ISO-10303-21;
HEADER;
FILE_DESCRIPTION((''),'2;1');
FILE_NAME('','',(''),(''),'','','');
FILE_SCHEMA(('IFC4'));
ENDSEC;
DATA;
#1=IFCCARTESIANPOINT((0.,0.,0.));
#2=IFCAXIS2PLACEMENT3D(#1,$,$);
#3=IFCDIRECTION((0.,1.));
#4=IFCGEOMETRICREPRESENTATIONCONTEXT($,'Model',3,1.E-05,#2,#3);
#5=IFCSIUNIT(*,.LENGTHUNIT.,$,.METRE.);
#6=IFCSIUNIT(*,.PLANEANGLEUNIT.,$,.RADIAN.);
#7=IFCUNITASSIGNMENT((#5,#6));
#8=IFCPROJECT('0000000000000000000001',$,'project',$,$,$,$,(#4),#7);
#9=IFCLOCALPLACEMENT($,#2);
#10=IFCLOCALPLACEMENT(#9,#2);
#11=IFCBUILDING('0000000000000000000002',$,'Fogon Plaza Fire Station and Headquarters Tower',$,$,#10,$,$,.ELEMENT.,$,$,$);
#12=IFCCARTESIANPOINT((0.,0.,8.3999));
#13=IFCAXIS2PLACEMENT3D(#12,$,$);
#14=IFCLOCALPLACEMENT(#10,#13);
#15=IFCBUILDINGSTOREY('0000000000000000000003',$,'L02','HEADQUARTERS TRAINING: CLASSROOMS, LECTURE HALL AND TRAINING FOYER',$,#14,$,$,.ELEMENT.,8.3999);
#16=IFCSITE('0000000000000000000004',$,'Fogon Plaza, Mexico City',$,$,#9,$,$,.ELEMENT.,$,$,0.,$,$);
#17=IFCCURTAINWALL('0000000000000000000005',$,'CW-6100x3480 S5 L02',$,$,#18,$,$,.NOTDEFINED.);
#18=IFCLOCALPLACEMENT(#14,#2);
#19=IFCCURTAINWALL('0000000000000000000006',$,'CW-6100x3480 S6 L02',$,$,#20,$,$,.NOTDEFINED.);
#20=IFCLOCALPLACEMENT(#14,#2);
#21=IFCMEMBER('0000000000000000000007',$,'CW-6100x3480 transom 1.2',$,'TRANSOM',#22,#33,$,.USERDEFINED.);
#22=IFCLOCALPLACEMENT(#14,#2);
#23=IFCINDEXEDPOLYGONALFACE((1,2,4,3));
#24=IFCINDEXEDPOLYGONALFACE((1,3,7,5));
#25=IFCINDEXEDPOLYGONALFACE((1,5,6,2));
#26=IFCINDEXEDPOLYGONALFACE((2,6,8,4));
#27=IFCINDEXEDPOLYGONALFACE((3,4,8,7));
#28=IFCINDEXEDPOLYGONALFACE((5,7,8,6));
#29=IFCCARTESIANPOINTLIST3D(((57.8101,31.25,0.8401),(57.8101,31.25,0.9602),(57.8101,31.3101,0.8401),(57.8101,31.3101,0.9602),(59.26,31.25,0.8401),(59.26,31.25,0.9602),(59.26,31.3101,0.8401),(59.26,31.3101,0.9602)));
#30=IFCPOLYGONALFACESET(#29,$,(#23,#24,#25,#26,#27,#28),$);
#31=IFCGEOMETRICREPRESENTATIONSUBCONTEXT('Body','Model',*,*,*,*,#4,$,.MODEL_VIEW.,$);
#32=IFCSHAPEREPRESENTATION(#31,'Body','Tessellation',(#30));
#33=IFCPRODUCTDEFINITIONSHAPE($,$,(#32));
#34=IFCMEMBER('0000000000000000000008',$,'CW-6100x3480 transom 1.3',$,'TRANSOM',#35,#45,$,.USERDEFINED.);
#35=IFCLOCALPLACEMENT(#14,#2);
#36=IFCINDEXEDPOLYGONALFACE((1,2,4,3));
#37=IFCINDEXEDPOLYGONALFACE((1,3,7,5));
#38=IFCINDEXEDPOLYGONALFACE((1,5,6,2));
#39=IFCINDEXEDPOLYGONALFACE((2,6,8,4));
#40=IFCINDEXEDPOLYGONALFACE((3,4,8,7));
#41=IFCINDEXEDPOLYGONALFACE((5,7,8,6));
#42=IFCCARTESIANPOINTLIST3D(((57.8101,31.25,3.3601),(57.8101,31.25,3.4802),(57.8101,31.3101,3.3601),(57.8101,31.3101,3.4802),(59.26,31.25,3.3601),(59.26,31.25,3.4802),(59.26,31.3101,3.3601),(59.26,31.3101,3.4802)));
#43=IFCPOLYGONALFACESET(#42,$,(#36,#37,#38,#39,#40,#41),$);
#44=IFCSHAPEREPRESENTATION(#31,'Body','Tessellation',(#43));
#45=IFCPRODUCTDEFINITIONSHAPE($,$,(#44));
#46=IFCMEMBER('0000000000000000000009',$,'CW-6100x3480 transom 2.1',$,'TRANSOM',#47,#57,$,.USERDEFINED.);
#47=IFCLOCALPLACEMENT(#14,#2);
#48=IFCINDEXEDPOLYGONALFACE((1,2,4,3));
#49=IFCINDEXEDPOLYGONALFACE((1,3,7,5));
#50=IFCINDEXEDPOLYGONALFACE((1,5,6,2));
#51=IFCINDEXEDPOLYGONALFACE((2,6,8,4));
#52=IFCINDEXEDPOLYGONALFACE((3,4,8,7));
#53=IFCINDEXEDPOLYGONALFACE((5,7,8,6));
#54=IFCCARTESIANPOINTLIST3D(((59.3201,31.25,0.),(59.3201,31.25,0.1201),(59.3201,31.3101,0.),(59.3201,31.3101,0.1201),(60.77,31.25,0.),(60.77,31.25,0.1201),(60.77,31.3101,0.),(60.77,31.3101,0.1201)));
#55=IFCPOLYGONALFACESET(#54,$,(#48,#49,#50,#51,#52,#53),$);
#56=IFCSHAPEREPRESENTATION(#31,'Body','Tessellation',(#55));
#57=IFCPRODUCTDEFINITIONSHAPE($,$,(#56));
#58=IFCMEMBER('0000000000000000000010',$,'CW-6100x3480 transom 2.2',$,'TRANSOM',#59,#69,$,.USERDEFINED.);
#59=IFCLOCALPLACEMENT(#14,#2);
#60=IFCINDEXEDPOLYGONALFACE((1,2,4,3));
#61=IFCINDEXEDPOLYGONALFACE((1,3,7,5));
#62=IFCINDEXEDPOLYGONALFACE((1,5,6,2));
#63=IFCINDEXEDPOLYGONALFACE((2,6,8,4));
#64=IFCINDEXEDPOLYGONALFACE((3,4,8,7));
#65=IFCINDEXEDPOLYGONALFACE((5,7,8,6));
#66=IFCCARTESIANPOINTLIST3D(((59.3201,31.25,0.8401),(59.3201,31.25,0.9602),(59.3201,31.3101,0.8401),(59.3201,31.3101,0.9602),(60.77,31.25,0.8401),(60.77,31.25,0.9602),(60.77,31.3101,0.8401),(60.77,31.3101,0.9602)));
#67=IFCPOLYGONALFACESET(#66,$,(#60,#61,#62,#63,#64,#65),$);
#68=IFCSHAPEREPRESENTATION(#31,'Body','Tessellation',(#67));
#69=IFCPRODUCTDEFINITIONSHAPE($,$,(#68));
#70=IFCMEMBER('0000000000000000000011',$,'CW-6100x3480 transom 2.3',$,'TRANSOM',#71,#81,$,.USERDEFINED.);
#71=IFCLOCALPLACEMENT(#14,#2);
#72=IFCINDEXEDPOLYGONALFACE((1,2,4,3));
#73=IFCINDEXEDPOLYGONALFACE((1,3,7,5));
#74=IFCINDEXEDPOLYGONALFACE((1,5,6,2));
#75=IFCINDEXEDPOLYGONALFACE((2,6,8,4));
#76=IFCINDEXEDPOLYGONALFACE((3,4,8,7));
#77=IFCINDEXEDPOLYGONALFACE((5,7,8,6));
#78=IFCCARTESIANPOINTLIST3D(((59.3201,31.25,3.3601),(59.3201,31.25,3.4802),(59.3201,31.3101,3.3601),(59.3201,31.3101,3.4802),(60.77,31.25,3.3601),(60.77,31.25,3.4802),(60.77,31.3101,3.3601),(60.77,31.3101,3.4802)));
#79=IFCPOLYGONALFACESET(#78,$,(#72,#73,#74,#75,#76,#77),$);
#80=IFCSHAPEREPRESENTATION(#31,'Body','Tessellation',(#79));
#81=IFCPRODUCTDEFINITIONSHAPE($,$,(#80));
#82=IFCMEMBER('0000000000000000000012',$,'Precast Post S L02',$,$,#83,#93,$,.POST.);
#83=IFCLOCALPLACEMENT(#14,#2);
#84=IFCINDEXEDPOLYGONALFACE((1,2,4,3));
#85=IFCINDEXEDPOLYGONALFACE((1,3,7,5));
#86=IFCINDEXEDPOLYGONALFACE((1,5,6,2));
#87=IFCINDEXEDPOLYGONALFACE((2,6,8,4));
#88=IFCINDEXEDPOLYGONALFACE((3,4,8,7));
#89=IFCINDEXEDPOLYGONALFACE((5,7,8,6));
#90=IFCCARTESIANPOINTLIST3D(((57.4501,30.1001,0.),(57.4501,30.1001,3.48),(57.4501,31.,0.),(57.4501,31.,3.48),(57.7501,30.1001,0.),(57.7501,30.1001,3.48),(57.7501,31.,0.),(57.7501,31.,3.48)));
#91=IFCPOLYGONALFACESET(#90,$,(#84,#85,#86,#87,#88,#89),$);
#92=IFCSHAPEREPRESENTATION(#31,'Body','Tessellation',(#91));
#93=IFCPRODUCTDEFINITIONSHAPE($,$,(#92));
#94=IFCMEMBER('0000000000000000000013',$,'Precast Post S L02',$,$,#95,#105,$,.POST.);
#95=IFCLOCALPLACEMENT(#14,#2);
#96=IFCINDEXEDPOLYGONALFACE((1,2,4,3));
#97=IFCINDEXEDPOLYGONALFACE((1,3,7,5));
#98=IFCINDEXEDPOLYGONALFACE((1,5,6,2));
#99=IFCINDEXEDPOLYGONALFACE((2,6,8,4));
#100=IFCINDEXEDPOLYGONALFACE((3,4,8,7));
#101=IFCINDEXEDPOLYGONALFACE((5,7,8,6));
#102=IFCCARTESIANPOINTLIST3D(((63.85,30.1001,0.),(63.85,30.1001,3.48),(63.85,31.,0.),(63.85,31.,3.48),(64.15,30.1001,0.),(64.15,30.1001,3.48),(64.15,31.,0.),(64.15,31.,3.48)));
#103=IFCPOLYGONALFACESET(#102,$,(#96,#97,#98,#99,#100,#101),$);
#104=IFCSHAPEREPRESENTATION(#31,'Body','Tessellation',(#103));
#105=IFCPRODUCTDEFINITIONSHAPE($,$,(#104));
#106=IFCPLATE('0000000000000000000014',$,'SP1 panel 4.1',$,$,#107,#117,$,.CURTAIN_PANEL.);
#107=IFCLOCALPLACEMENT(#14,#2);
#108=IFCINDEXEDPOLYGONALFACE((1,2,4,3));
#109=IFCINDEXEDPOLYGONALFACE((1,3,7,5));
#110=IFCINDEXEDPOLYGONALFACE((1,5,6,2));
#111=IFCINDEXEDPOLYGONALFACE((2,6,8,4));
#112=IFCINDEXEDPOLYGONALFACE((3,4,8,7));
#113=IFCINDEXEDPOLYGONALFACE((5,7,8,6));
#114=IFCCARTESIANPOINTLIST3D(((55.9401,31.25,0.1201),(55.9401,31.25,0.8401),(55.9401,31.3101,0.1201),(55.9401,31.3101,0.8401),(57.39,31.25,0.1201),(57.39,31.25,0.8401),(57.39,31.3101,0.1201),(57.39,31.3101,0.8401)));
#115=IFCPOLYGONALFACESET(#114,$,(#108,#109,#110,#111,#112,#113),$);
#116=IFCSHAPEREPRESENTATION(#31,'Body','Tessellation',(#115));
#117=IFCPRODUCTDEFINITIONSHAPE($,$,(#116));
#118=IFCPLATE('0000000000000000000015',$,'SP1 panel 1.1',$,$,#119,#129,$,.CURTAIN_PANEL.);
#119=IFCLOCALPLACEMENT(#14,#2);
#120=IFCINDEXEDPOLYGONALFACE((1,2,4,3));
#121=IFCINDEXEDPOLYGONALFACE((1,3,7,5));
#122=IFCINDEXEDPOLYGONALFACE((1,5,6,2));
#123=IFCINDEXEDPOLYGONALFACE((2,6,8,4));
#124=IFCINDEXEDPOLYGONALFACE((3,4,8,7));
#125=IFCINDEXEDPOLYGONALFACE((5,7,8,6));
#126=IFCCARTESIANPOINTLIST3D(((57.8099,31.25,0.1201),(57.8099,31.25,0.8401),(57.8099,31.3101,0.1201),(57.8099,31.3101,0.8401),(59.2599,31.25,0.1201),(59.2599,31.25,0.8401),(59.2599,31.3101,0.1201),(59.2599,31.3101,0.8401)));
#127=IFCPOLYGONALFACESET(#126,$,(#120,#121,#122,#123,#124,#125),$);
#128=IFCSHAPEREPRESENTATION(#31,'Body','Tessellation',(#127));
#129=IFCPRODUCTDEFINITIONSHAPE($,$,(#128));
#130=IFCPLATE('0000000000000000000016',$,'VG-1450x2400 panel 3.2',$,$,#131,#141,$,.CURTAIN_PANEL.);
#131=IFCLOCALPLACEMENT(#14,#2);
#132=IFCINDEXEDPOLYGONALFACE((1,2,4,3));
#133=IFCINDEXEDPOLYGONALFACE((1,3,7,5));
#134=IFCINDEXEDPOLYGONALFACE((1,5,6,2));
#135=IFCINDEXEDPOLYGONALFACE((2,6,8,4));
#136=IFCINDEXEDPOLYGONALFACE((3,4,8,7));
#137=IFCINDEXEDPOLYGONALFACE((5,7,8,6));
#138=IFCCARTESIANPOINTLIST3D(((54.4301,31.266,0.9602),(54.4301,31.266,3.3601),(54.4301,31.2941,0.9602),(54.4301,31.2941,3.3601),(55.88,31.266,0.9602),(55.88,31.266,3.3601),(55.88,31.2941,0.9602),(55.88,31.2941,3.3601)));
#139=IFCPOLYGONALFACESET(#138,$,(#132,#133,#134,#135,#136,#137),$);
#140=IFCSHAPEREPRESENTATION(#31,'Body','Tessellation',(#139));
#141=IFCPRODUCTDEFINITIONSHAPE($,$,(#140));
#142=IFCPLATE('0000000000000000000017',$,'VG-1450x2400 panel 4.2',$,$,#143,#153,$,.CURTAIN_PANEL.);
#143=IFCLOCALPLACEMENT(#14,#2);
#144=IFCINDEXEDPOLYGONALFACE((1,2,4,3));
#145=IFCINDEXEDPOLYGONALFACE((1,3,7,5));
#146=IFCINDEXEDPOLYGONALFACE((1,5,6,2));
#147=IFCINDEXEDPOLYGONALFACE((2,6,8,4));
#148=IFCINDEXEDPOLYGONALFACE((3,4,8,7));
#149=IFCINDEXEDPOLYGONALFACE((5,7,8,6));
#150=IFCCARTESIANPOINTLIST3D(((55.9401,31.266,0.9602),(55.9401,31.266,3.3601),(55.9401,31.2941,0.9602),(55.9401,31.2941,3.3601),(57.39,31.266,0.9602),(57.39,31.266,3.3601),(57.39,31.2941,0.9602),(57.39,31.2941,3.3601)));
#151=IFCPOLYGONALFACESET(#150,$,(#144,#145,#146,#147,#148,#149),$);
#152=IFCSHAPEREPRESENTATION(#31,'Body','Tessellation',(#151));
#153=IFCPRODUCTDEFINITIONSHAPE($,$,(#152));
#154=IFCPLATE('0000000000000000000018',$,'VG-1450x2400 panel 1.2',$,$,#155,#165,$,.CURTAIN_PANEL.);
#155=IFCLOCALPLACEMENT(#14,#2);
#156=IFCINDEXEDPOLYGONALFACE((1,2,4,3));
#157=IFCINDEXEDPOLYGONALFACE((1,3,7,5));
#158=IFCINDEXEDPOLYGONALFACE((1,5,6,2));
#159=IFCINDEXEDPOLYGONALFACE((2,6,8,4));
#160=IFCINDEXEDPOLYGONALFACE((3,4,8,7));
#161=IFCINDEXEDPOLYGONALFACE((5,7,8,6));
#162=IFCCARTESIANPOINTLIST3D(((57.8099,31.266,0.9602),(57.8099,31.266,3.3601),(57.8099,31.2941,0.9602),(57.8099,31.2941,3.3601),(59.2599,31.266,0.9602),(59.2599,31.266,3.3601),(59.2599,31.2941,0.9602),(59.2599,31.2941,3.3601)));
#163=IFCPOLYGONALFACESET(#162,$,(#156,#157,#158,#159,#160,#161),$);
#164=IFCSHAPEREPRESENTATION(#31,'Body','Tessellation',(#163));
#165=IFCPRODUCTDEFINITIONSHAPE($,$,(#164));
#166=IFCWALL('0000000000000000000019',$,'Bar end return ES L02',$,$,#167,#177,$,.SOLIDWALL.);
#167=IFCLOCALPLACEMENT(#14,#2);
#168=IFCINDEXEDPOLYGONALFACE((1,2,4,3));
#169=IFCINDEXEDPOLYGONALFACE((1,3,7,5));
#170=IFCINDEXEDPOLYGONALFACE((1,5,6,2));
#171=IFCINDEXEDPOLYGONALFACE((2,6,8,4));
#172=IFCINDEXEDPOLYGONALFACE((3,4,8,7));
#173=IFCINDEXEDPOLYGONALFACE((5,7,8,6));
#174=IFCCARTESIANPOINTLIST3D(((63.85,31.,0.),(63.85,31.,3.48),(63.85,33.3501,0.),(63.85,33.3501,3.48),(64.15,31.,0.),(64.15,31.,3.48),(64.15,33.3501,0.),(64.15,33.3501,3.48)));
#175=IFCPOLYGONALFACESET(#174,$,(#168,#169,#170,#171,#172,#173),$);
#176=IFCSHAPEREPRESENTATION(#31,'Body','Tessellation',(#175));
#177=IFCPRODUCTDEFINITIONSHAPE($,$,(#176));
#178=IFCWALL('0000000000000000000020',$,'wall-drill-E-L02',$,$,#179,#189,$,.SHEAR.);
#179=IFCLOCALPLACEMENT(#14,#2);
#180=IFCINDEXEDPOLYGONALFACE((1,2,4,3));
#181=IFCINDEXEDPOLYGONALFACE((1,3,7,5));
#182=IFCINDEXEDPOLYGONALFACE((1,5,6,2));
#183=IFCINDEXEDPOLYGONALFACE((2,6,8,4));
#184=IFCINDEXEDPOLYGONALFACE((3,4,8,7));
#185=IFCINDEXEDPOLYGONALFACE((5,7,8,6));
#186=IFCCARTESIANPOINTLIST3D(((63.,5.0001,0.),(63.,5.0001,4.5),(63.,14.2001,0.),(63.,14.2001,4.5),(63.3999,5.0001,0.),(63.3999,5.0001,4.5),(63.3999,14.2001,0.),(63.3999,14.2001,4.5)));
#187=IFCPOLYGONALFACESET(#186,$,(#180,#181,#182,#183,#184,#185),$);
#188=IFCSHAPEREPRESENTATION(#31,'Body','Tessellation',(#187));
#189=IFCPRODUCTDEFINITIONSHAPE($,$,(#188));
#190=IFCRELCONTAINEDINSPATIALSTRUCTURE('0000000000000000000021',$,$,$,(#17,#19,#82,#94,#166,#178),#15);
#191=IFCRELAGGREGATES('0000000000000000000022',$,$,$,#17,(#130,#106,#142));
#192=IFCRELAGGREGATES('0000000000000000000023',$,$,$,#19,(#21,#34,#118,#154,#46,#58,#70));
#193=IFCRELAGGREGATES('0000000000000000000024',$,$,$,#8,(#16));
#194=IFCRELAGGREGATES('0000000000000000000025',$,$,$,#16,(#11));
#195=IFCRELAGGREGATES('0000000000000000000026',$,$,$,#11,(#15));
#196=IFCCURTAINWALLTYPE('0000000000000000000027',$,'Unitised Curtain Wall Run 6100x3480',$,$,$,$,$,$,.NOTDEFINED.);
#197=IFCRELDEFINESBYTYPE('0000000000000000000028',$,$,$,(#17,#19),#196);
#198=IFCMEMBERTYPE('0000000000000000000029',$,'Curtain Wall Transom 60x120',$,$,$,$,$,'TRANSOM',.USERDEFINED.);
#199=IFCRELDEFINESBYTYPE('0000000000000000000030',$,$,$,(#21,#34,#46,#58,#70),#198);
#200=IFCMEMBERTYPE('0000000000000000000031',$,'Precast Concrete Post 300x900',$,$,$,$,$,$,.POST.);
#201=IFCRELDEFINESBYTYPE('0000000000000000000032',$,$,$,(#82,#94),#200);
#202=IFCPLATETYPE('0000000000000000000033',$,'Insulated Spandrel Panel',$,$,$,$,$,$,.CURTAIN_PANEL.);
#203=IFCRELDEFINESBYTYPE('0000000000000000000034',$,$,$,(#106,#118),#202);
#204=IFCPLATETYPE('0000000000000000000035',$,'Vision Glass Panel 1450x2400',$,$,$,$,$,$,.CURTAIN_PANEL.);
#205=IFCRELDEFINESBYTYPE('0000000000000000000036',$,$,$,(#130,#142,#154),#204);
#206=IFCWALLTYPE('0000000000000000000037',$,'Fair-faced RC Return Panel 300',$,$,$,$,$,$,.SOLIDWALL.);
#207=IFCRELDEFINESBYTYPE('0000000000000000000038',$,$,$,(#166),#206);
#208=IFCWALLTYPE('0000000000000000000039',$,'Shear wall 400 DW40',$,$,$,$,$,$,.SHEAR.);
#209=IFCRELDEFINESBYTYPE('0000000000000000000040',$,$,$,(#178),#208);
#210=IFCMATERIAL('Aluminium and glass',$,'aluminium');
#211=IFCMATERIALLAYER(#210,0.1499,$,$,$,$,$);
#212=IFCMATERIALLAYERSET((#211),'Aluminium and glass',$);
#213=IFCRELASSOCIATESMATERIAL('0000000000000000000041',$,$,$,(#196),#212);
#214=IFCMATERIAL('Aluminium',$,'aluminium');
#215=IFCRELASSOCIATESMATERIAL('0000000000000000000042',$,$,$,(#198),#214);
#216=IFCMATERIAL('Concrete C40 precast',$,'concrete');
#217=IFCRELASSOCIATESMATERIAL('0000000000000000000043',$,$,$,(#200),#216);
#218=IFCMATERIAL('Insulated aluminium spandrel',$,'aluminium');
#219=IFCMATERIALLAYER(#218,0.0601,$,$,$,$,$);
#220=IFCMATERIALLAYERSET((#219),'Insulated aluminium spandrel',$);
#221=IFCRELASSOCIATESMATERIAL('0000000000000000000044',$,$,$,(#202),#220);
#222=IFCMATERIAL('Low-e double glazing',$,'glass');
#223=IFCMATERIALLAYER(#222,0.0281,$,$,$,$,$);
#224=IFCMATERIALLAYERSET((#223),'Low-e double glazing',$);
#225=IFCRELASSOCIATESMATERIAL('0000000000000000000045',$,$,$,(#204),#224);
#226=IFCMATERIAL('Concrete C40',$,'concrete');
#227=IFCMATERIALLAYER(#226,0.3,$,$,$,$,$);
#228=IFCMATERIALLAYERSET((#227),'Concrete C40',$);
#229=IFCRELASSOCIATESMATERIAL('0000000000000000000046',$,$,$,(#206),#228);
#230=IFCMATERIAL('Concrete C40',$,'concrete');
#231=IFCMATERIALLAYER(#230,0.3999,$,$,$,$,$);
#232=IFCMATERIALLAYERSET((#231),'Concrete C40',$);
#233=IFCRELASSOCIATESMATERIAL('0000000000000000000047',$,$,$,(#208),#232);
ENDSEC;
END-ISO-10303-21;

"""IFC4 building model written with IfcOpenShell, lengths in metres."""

from ifc_helpers import new_model, si_unit, direction, frame, frame_2d, origin, origin_2d, place, context, subcontext, project, spatial, rectangle, extrude, material, layer, layer_set, material_profile, profile_set, type_object, element, aggregate, save


model = new_model("IFC4")

# Units and contexts
model_context = context("Model", 3, precision=1e-05, world=origin(), true_north=direction((0.0, 1.0)))
body_context = subcontext(model_context, "Body", "Model", "MODEL_VIEW")
ifc_project = project(units=[si_unit("LENGTHUNIT", "METRE"), si_unit("PLANEANGLEUNIT", "RADIAN")], contexts=[model_context])

# Site, building, storey
site_placement = place(None, origin())
site = spatial("IfcSite", under=ifc_project, at=site_placement, Name="Fogon Plaza, Mexico City", CompositionType="ELEMENT", RefElevation=0.0)
building_placement = place(site_placement, origin())
building = spatial("IfcBuilding", under=site, at=building_placement, Name="Fogon Plaza Fire Station and Headquarters Tower", CompositionType="ELEMENT")
storey_placement = place(building_placement, frame((0.0, 0.0, 8.3999)))
storey = spatial("IfcBuildingStorey", under=building, at=storey_placement, Name="L02", Description="HEADQUARTERS TRAINING: CLASSROOMS, LECTURE HALL AND TRAINING FOYER", CompositionType="ELEMENT", Elevation=8.3999)

# Curtain walls
ifc_material_1 = material(Name="Aluminium and glass", Category="aluminium")
ifc_layer_1 = layer(ifc_material_1, 0.1499)
ifc_layer_set_1 = layer_set([ifc_layer_1], Name="Aluminium and glass")
curtain_wall_type = type_object("IfcCurtainWallType", Name="Unitised Curtain Wall Run 6100x3480", PredefinedType="NOTDEFINED", material=ifc_layer_set_1)
curtain_wall_1_placement = place(storey_placement, origin())
curtain_wall_1 = element("IfcCurtainWall", 1, at=curtain_wall_1_placement, inside=storey, type_object=curtain_wall_type, Name="CW-6100x3480 S5 L02", PredefinedType="NOTDEFINED")
curtain_wall_2_placement = place(storey_placement, origin())
curtain_wall_2 = element("IfcCurtainWall", 2, at=curtain_wall_2_placement, inside=storey, type_object=curtain_wall_type, Name="CW-6100x3480 S6 L02", PredefinedType="NOTDEFINED")

# Members
ifc_material_2 = material(Name="Aluminium", Category="aluminium")
ifc_material_profile_1 = material_profile(ifc_material_2, rectangle(XDim=0.0601, YDim=0.1201, at=origin_2d()), Name="Curtain Wall Transom 60x120")
ifc_profile_set_1 = profile_set([ifc_material_profile_1], Name="Aluminium")
member_type_1 = type_object("IfcMemberType", Name="Curtain Wall Transom 60x120", ElementType="TRANSOM", PredefinedType="USERDEFINED", material=ifc_profile_set_1)
member_1_placement = place(storey_placement, frame((57.8101, 31.28, 0.9001), z_axis=(1.0, 0.0, 0.0), x_axis=(0.0, 1.0, 0.0)))
member_1 = element("IfcMember", 3, at=member_1_placement, type_object=member_type_1, Name="CW-6100x3480 transom 1.2", ObjectType="TRANSOM", PredefinedType="USERDEFINED", context=body_context, shape_type="SweptSolid", body=[
    extrude(rectangle(XDim=0.0601, YDim=0.1201, at=origin_2d()), origin(), (0.0, 0.0, 1.0), 1.45),
])
member_2_placement = place(storey_placement, frame((57.8101, 31.28, 3.4202), z_axis=(1.0, 0.0, 0.0), x_axis=(0.0, 1.0, 0.0)))
member_2 = element("IfcMember", 4, at=member_2_placement, type_object=member_type_1, Name="CW-6100x3480 transom 1.3", ObjectType="TRANSOM", PredefinedType="USERDEFINED", context=body_context, shape_type="SweptSolid", body=[
    extrude(rectangle(XDim=0.0601, YDim=0.1201, at=origin_2d()), origin(), (0.0, 0.0, 1.0), 1.45),
])
member_3_placement = place(storey_placement, frame((59.3201, 31.28, 0.0601), z_axis=(1.0, 0.0, 0.0), x_axis=(0.0, 1.0, 0.0)))
member_3 = element("IfcMember", 5, at=member_3_placement, type_object=member_type_1, Name="CW-6100x3480 transom 2.1", ObjectType="TRANSOM", PredefinedType="USERDEFINED", context=body_context, shape_type="SweptSolid", body=[
    extrude(rectangle(XDim=0.0601, YDim=0.1201, at=origin_2d()), origin(), (0.0, 0.0, 1.0), 1.45),
])
member_4_placement = place(storey_placement, frame((59.3201, 31.28, 0.9001), z_axis=(1.0, 0.0, 0.0), x_axis=(0.0, 1.0, 0.0)))
member_4 = element("IfcMember", 6, at=member_4_placement, type_object=member_type_1, Name="CW-6100x3480 transom 2.2", ObjectType="TRANSOM", PredefinedType="USERDEFINED", context=body_context, shape_type="SweptSolid", body=[
    extrude(rectangle(XDim=0.0601, YDim=0.1201, at=origin_2d()), origin(), (0.0, 0.0, 1.0), 1.45),
])
member_5_placement = place(storey_placement, frame((59.3201, 31.28, 3.4202), z_axis=(1.0, 0.0, 0.0), x_axis=(0.0, 1.0, 0.0)))
member_5 = element("IfcMember", 7, at=member_5_placement, type_object=member_type_1, Name="CW-6100x3480 transom 2.3", ObjectType="TRANSOM", PredefinedType="USERDEFINED", context=body_context, shape_type="SweptSolid", body=[
    extrude(rectangle(XDim=0.0601, YDim=0.1201, at=origin_2d()), origin(), (0.0, 0.0, 1.0), 1.45),
])

# Members
ifc_material_3 = material(Name="Concrete C40 precast", Category="concrete")
ifc_material_profile_2 = material_profile(ifc_material_3, rectangle(XDim=0.3, YDim=0.8999, at=origin_2d()), Name="Precast Concrete Post 300x900")
ifc_profile_set_2 = profile_set([ifc_material_profile_2], Name="Concrete C40 precast")
member_type_2 = type_object("IfcMemberType", Name="Precast Concrete Post 300x900", PredefinedType="POST", material=ifc_profile_set_2)
for number, where, z_axis, x_axis, name in (
    (8, (57.6001, 30.55, 0.0), (0.0, 0.0, 1.0), (1.0, 0.0, 0.0), "Precast Post S L02"),
    (9, (64.0, 30.55, 0.0), (0.0, 0.0, 1.0), (1.0, 0.0, 0.0), "Precast Post S L02"),
):
    element("IfcMember", number, at=place(storey_placement, frame(where, z_axis=z_axis, x_axis=x_axis)), inside=storey, type_object=member_type_2, Name=name, PredefinedType="POST", context=body_context, shape_type="SweptSolid", body=[
        extrude(rectangle(XDim=0.3, YDim=0.8999, at=origin_2d()), origin(), (0.0, 0.0, 1.0), 3.48),
    ])

# Plates
ifc_material_4 = material(Name="Insulated aluminium spandrel", Category="aluminium")
ifc_layer_2 = layer(ifc_material_4, 0.0601)
ifc_layer_set_2 = layer_set([ifc_layer_2], Name="Insulated aluminium spandrel")
plate_type_1 = type_object("IfcPlateType", Name="Insulated Spandrel Panel", PredefinedType="CURTAIN_PANEL", material=ifc_layer_set_2)
plate_1_placement = place(storey_placement, frame((56.665, 31.28, 0.1201), z_axis=(0.0, 0.0, 1.0), x_axis=(1.0, 0.0, 0.0)))
plate_1 = element("IfcPlate", 10, at=plate_1_placement, type_object=plate_type_1, Name="SP1 panel 4.1", PredefinedType="CURTAIN_PANEL", context=body_context, shape_type="SweptSolid", body=[
    extrude(rectangle(XDim=1.45, YDim=0.0601, at=origin_2d()), origin(), (0.0, 0.0, 1.0), 0.72),
])
plate_2_placement = place(storey_placement, frame((58.5349, 31.28, 0.1201), z_axis=(0.0, 0.0, 1.0), x_axis=(1.0, 0.0, 0.0)))
plate_2 = element("IfcPlate", 11, at=plate_2_placement, type_object=plate_type_1, Name="SP1 panel 1.1", PredefinedType="CURTAIN_PANEL", context=body_context, shape_type="SweptSolid", body=[
    extrude(rectangle(XDim=1.45, YDim=0.0601, at=origin_2d()), origin(), (0.0, 0.0, 1.0), 0.72),
])
ifc_material_5 = material(Name="Low-e double glazing", Category="glass")
ifc_layer_3 = layer(ifc_material_5, 0.0281)
ifc_layer_set_3 = layer_set([ifc_layer_3], Name="Low-e double glazing")
plate_type_2 = type_object("IfcPlateType", Name="Vision Glass Panel 1450x2400", PredefinedType="CURTAIN_PANEL", material=ifc_layer_set_3)
plate_3_placement = place(storey_placement, frame((55.155, 31.28, 0.9602), z_axis=(0.0, 0.0, 1.0), x_axis=(1.0, 0.0, 0.0)))
plate_3 = element("IfcPlate", 12, at=plate_3_placement, type_object=plate_type_2, Name="VG-1450x2400 panel 3.2", PredefinedType="CURTAIN_PANEL", context=body_context, shape_type="SweptSolid", body=[
    extrude(rectangle(XDim=1.45, YDim=0.0281, at=origin_2d()), origin(), (0.0, 0.0, 1.0), 2.3999),
])
plate_4_placement = place(storey_placement, frame((56.665, 31.28, 0.9602), z_axis=(0.0, 0.0, 1.0), x_axis=(1.0, 0.0, 0.0)))
plate_4 = element("IfcPlate", 13, at=plate_4_placement, type_object=plate_type_2, Name="VG-1450x2400 panel 4.2", PredefinedType="CURTAIN_PANEL", context=body_context, shape_type="SweptSolid", body=[
    extrude(rectangle(XDim=1.45, YDim=0.0281, at=origin_2d()), origin(), (0.0, 0.0, 1.0), 2.3999),
])
aggregate(curtain_wall_1, [plate_3, plate_1, plate_4])
plate_5_placement = place(storey_placement, frame((58.5349, 31.28, 0.9602), z_axis=(0.0, 0.0, 1.0), x_axis=(1.0, 0.0, 0.0)))
plate_5 = element("IfcPlate", 14, at=plate_5_placement, type_object=plate_type_2, Name="VG-1450x2400 panel 1.2", PredefinedType="CURTAIN_PANEL", context=body_context, shape_type="SweptSolid", body=[
    extrude(rectangle(XDim=1.45, YDim=0.0281, at=origin_2d()), origin(), (0.0, 0.0, 1.0), 2.3999),
])
aggregate(curtain_wall_2, [member_1, member_2, plate_2, plate_5, member_3, member_4, member_5])

# Walls
ifc_material_6 = material(Name="Concrete C40", Category="concrete")
ifc_layer_4 = layer(ifc_material_6, 0.3)
ifc_layer_set_4 = layer_set([ifc_layer_4], Name="Concrete C40")
wall_type_1 = type_object("IfcWallType", Name="Fair-faced RC Return Panel 300", PredefinedType="SOLIDWALL", material=ifc_layer_set_4)
wall_1_placement = place(storey_placement, frame((64.0, 31.0, 0.0), z_axis=(0.0, 0.0, 1.0), x_axis=(0.0, 1.0, 0.0)))
element("IfcWall", 15, at=wall_1_placement, inside=storey, type_object=wall_type_1, Name="Bar end return ES L02", PredefinedType="SOLIDWALL", context=body_context, shape_type="SweptSolid", body=[
    extrude(rectangle(XDim=2.3501, YDim=0.3, at=frame_2d((1.175, 0.0))), origin(), (0.0, 0.0, 1.0), 3.48),
])
ifc_material_7 = material(Name="Concrete C40", Category="concrete")
ifc_layer_5 = layer(ifc_material_7, 0.3999)
ifc_layer_set_5 = layer_set([ifc_layer_5], Name="Concrete C40")
wall_type_2 = type_object("IfcWallType", Name="Shear wall 400 DW40", PredefinedType="SHEAR", material=ifc_layer_set_5)
wall_2_placement = place(storey_placement, frame((63.2, 5.0, 0.0), z_axis=(0.0, 0.0, 1.0), x_axis=(0.0, 1.0, 0.0)))
element("IfcWall", 16, at=wall_2_placement, inside=storey, type_object=wall_type_2, Name="wall-drill-E-L02", PredefinedType="SHEAR", context=body_context, shape_type="SweptSolid", body=[
    extrude(rectangle(XDim=9.2, YDim=0.3999, at=frame_2d((4.6001, 0.0))), origin(), (0.0, 0.0, 1.0), 4.5),
])

save(model, "model.ifc")
